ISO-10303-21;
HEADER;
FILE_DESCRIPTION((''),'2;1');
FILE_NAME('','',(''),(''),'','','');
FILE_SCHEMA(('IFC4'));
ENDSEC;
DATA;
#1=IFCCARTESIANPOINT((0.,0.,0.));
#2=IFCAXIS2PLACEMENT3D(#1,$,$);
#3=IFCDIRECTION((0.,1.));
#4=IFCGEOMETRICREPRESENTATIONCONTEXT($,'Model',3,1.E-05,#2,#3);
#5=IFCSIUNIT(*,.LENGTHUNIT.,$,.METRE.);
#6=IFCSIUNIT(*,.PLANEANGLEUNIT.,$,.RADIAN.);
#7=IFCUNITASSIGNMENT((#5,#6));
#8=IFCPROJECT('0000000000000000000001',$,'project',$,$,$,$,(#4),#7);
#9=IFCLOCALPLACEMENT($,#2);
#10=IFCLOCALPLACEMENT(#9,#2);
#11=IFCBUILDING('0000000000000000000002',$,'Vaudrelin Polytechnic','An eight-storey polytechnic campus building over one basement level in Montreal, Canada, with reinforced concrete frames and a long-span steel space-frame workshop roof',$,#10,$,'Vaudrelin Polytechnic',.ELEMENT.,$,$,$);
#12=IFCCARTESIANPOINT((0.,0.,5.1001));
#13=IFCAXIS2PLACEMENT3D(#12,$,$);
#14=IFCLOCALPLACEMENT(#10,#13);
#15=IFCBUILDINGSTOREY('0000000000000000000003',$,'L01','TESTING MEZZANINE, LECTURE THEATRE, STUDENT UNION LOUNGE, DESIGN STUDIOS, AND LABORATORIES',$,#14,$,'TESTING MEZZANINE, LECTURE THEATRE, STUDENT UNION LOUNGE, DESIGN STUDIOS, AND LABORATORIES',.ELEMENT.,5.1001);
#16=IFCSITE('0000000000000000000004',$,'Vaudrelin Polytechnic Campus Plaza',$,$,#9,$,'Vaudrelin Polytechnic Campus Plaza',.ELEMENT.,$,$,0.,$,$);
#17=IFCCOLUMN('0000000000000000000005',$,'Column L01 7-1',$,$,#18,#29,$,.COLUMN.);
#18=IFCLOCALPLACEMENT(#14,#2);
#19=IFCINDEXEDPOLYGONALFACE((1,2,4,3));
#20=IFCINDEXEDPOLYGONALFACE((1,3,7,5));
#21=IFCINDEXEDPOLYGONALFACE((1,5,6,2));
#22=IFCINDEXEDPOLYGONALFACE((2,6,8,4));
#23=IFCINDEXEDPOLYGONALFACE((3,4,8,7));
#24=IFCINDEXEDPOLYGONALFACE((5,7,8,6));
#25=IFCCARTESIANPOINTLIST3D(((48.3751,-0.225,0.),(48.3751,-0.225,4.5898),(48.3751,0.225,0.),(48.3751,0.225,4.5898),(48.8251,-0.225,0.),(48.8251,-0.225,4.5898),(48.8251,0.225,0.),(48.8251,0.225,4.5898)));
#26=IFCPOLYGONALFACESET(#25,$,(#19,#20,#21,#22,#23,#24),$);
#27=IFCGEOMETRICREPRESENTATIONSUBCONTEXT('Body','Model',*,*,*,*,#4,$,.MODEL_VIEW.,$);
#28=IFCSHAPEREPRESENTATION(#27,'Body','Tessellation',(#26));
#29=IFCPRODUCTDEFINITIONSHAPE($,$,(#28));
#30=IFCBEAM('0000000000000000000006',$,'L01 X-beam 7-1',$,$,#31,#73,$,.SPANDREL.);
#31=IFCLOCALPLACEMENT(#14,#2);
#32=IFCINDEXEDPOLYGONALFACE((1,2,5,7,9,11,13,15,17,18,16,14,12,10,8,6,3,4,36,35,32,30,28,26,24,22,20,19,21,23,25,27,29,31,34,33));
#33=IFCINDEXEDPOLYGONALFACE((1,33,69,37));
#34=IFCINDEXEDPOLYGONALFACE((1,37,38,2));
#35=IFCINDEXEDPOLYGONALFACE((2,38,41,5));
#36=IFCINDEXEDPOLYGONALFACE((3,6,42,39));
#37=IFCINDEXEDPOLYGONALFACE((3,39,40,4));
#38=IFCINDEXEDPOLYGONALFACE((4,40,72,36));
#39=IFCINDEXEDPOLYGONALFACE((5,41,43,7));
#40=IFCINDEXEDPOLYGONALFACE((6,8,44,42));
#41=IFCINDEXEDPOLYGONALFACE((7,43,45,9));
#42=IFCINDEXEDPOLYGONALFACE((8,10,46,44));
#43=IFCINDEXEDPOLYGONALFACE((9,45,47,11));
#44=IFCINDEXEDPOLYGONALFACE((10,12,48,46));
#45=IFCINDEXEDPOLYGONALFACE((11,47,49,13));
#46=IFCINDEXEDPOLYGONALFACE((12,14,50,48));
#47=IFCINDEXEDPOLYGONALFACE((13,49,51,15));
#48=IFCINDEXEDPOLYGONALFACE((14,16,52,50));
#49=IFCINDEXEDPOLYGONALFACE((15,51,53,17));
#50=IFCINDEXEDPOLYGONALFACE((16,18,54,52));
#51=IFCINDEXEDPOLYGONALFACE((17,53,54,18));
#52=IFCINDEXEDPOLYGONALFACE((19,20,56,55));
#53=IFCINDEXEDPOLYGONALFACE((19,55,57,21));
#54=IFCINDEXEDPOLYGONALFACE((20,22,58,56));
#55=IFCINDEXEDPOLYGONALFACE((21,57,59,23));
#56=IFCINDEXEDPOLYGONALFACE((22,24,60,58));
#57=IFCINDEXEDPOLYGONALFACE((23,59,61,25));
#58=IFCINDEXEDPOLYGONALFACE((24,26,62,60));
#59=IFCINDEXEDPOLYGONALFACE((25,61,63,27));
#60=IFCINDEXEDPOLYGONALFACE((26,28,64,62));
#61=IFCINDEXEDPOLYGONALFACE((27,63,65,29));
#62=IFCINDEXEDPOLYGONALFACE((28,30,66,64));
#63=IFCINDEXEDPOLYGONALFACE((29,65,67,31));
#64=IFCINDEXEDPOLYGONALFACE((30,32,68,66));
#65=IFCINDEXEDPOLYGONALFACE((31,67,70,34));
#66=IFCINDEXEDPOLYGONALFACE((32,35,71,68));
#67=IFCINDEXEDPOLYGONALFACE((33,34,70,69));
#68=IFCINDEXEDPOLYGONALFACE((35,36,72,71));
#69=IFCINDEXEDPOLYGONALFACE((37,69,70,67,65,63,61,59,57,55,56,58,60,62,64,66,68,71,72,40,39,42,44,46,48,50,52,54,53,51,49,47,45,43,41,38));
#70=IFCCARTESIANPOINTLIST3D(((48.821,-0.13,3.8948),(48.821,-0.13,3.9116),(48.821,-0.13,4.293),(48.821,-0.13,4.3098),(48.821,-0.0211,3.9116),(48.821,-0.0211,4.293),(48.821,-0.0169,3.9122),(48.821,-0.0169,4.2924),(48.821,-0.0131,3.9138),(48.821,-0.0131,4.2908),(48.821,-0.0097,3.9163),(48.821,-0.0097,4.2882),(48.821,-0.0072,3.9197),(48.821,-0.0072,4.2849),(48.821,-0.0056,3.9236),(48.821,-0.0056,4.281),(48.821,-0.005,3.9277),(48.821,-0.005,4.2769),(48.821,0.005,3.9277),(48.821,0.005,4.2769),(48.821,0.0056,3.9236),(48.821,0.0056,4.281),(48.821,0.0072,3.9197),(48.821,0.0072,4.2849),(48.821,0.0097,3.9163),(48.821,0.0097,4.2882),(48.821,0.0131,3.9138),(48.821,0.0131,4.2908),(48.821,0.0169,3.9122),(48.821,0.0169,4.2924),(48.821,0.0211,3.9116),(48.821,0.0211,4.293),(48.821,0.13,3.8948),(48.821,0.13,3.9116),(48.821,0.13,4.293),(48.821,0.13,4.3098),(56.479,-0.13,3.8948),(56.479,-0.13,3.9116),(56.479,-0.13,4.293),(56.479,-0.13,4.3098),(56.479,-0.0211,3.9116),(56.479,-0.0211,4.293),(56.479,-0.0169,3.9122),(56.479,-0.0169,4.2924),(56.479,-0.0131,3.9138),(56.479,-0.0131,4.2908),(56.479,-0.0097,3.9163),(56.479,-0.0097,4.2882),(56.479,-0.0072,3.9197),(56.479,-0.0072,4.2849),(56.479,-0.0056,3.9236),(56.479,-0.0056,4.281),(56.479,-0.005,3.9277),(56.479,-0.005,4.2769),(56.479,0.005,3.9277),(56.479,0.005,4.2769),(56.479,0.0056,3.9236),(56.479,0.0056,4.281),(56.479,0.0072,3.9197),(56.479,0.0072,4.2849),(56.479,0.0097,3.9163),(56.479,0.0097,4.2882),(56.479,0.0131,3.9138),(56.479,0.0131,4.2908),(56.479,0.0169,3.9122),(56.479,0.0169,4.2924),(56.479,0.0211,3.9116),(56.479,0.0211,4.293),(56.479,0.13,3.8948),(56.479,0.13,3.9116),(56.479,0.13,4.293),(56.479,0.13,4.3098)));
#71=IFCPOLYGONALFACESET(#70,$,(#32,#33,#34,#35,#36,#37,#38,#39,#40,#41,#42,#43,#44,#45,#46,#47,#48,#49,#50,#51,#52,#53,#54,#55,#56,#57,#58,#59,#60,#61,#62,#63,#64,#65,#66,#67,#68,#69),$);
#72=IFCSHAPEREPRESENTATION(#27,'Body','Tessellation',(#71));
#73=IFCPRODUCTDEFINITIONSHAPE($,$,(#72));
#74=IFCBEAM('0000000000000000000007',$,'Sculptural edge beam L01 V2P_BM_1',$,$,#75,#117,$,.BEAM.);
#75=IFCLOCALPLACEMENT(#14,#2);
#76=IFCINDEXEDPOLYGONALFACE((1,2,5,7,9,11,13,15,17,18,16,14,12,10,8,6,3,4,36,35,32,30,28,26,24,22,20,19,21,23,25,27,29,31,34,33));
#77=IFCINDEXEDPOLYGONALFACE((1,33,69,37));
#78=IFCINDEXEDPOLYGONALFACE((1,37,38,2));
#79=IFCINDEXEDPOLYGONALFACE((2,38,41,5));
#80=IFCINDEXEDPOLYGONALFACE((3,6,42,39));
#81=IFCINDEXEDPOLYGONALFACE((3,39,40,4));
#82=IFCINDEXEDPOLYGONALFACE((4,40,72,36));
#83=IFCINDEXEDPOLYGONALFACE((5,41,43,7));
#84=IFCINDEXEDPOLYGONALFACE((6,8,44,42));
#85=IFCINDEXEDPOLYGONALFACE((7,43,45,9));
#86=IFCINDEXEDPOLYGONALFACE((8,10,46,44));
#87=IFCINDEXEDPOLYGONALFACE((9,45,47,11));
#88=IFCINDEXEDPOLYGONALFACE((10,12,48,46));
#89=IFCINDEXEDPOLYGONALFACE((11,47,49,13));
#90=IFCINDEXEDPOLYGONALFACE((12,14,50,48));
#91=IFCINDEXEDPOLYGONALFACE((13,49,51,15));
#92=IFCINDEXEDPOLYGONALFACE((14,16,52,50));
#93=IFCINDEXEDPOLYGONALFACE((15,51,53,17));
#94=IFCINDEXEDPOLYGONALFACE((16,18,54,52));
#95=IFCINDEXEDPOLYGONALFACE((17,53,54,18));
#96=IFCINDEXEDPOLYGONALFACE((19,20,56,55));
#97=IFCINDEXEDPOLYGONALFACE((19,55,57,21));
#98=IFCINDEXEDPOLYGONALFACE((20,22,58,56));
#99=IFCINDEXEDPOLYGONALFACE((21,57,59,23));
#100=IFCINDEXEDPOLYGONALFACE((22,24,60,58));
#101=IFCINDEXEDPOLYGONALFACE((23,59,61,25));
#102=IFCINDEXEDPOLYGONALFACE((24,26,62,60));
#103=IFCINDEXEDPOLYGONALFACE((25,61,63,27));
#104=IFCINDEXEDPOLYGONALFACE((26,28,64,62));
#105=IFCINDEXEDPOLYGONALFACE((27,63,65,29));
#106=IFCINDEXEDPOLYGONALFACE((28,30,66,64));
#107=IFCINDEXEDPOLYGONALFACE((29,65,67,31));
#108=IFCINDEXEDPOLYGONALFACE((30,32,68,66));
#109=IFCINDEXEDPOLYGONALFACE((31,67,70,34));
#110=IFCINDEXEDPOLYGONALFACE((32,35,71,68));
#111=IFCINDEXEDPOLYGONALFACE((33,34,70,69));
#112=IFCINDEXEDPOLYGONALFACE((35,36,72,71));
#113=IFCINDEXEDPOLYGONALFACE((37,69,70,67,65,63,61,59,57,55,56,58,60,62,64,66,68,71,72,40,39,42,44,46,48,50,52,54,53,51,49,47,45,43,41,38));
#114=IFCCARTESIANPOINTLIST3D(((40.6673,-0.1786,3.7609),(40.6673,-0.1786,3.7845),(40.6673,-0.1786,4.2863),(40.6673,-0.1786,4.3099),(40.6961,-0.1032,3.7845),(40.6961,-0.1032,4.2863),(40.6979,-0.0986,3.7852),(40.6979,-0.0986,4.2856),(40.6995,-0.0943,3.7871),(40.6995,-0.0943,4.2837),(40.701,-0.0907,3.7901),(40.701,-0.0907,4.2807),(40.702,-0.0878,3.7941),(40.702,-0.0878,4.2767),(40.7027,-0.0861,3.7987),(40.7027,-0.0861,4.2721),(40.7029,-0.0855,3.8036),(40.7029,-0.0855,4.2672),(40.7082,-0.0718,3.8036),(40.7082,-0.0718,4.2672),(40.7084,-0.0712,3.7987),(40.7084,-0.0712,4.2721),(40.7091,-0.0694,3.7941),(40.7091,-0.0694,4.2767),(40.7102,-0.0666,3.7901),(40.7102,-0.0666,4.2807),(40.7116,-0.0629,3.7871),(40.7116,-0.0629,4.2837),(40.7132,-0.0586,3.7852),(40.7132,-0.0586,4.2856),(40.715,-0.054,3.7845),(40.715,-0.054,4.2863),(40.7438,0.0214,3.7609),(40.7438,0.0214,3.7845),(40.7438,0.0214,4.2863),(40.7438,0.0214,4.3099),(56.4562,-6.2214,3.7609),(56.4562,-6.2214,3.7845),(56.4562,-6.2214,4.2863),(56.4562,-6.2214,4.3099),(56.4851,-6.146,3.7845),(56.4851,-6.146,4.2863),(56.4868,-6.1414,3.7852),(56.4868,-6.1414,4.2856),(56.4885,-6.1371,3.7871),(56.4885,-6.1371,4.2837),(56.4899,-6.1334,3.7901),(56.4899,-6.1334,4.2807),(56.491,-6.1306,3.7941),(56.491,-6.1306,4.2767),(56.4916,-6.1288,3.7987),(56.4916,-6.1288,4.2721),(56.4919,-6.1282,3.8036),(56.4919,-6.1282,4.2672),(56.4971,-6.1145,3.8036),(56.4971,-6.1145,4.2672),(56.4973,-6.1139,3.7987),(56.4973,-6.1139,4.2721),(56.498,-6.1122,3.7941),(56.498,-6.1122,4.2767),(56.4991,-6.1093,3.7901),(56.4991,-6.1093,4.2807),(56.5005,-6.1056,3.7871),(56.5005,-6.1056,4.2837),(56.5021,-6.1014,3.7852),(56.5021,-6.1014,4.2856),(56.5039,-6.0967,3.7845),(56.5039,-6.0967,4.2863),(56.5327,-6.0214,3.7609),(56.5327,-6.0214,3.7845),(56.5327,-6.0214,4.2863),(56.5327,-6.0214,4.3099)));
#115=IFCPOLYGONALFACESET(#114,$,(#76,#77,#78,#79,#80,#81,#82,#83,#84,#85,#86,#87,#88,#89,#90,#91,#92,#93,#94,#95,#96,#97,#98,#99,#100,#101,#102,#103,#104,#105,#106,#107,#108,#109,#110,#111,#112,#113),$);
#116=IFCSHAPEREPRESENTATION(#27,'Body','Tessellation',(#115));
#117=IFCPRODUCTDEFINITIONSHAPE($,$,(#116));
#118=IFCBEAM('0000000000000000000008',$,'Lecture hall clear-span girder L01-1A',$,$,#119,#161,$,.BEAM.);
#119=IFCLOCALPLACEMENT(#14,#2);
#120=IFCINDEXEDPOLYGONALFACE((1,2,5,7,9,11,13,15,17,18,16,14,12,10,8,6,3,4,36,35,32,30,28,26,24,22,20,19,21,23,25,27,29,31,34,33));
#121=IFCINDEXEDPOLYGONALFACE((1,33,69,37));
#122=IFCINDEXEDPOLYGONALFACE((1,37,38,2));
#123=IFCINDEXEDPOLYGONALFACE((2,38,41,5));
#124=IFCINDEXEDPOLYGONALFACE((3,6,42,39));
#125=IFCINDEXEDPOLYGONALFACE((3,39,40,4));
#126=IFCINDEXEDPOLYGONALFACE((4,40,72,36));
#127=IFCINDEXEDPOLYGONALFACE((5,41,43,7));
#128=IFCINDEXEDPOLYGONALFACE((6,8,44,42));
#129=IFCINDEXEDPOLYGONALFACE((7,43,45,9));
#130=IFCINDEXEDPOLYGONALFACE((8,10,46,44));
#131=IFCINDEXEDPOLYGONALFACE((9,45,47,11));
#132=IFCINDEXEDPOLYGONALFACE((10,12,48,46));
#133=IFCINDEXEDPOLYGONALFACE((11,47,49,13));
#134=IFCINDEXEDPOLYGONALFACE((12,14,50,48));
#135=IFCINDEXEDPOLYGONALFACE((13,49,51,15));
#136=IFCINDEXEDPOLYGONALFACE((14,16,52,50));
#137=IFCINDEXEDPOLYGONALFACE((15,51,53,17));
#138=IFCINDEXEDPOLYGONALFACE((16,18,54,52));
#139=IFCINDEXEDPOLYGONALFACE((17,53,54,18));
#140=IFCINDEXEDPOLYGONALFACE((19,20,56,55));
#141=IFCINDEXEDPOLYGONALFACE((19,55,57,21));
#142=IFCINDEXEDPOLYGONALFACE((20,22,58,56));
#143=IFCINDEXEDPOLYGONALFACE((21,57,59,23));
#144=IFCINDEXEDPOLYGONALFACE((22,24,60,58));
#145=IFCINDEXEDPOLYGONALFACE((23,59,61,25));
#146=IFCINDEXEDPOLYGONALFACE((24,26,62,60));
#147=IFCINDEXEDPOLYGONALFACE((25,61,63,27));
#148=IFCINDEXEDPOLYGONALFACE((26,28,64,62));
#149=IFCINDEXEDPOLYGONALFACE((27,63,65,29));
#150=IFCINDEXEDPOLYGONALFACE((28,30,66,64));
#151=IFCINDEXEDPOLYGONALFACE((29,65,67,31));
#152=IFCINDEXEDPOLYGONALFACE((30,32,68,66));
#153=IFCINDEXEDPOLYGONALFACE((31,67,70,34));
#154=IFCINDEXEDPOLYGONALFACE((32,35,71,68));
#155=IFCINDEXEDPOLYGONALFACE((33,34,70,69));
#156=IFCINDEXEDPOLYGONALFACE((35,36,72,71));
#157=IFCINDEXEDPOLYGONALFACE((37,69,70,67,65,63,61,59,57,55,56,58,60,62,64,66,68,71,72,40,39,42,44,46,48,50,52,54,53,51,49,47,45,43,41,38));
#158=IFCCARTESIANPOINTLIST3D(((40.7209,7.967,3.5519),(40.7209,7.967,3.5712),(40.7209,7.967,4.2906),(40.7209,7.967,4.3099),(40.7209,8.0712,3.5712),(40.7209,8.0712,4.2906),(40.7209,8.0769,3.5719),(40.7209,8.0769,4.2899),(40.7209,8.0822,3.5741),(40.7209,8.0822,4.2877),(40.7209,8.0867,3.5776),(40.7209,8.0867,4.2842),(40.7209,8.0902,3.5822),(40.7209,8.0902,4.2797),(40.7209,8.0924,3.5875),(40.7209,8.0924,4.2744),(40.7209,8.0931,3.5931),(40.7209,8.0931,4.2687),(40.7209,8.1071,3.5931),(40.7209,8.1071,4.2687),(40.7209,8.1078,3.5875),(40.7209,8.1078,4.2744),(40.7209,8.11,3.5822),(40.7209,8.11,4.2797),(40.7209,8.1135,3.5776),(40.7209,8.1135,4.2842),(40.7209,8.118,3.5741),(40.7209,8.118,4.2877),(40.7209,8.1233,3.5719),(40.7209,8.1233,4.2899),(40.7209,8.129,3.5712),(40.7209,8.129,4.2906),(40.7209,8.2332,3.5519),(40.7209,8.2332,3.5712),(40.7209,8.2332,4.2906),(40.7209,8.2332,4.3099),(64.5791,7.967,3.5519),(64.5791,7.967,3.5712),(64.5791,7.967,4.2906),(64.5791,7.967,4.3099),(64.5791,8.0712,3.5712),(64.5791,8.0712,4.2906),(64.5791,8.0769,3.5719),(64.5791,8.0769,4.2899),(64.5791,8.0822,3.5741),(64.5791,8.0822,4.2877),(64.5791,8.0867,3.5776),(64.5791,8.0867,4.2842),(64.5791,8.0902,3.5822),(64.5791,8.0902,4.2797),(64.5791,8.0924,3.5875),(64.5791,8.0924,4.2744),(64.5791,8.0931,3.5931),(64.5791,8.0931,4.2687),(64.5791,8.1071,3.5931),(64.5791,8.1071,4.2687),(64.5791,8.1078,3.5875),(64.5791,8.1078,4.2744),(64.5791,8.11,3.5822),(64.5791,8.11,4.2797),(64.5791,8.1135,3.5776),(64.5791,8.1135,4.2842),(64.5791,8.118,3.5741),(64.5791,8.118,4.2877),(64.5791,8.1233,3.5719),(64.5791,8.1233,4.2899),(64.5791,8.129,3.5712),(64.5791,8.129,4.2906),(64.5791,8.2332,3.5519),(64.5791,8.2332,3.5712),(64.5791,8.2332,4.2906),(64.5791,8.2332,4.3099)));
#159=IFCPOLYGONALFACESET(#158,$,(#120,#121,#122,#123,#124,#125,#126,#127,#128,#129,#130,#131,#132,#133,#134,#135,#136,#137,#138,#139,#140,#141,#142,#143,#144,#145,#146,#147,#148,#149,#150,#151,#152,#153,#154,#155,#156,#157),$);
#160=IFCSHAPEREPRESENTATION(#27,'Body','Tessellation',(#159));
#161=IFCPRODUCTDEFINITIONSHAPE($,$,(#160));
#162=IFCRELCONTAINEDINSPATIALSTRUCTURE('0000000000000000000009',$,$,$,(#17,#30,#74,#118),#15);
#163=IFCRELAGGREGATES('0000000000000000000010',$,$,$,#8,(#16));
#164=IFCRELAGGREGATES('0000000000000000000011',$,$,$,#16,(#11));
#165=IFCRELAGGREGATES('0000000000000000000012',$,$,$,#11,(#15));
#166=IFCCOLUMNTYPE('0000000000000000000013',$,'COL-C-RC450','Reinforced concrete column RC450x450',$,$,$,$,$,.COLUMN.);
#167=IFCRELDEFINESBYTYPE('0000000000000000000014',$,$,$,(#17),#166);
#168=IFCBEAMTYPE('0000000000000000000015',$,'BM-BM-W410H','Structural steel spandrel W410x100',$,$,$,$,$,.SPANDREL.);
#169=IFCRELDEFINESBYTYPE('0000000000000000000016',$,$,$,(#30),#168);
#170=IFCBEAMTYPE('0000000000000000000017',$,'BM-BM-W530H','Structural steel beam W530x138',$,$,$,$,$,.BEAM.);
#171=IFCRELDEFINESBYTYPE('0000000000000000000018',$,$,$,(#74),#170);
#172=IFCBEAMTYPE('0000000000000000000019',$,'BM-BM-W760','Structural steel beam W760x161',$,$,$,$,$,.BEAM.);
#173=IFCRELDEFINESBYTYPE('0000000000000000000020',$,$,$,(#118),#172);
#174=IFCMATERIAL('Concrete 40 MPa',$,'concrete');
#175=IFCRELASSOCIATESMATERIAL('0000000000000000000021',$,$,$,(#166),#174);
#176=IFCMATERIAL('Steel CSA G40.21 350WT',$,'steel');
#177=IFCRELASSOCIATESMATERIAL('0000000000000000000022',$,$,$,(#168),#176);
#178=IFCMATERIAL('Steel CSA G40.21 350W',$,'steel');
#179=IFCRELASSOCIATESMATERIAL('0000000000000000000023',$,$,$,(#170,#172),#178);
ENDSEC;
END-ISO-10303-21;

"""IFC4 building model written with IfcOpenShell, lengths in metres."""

from ifc_helpers import new_model, si_unit, direction, frame, origin, origin_2d, place, context, subcontext, project, spatial, rectangle, i_section, extrude, material, material_profile, profile_set, type_object, element, save


model = new_model("IFC4")

# Units and contexts
model_context = context("Model", 3, precision=1e-05, world=origin(), true_north=direction((0.0, 1.0)))
body_context = subcontext(model_context, "Body", "Model", "MODEL_VIEW")
ifc_project = project(units=[si_unit("LENGTHUNIT", "METRE"), si_unit("PLANEANGLEUNIT", "RADIAN")], contexts=[model_context])

# Site, building, storey
site_placement = place(None, origin())
site = spatial("IfcSite", under=ifc_project, at=site_placement, Name="Vaudrelin Polytechnic Campus Plaza", LongName="Vaudrelin Polytechnic Campus Plaza", CompositionType="ELEMENT", RefElevation=0.0)
building_placement = place(site_placement, origin())
building = spatial("IfcBuilding", under=site, at=building_placement, Name="Vaudrelin Polytechnic", Description="An eight-storey polytechnic campus building over one basement level in Montreal, Canada, with reinforced concrete frames and a long-span steel space-frame workshop roof", LongName="Vaudrelin Polytechnic", CompositionType="ELEMENT")
storey_placement = place(building_placement, frame((0.0, 0.0, 5.1001)))
storey = spatial("IfcBuildingStorey", under=building, at=storey_placement, Name="L01", Description="TESTING MEZZANINE, LECTURE THEATRE, STUDENT UNION LOUNGE, DESIGN STUDIOS, AND LABORATORIES", LongName="TESTING MEZZANINE, LECTURE THEATRE, STUDENT UNION LOUNGE, DESIGN STUDIOS, AND LABORATORIES", CompositionType="ELEMENT", Elevation=5.1001)

# Column
ifc_material_1 = material(Name="Concrete 40 MPa", Category="concrete")
ifc_material_profile_1 = material_profile(ifc_material_1, rectangle(XDim=0.45, YDim=0.45, at=origin_2d()), Name="RC450x450")
ifc_profile_set_1 = profile_set([ifc_material_profile_1], Name="Concrete 40 MPa")
column_type = type_object("IfcColumnType", Name="COL-C-RC450", Description="Reinforced concrete column RC450x450", PredefinedType="COLUMN", material=ifc_profile_set_1)
column_placement = place(storey_placement, frame((48.6001, 0.0, 0.0), z_axis=(0.0, 0.0, 1.0), x_axis=(1.0, 0.0, 0.0)))
element("IfcColumn", 1, at=column_placement, inside=storey, type_object=column_type, Name="Column L01 7-1", PredefinedType="COLUMN", context=body_context, shape_type="SweptSolid", body=[
    extrude(rectangle(XDim=0.45, YDim=0.45, at=origin_2d()), origin(), (0.0, 0.0, 1.0), 4.5898),
])

# Beams
ifc_material_2 = material(Name="Steel CSA G40.21 350WT", Category="steel")
ifc_material_profile_2 = material_profile(ifc_material_2, i_section(OverallWidth=0.26, OverallDepth=0.415, WebThickness=0.01, FlangeThickness=0.0168, FilletRadius=0.0161, at=origin_2d()), Name="W410x100")
ifc_profile_set_2 = profile_set([ifc_material_profile_2], Name="Steel CSA G40.21 350WT")
beam_type_1 = type_object("IfcBeamType", Name="BM-BM-W410H", Description="Structural steel spandrel W410x100", PredefinedType="SPANDREL", material=ifc_profile_set_2)
beam_1_placement = place(storey_placement, frame((48.821, 0.0, 4.1023), z_axis=(1.0, 0.0, 0.0), x_axis=(0.0, 1.0, 0.0)))
element("IfcBeam", 2, at=beam_1_placement, inside=storey, type_object=beam_type_1, Name="L01 X-beam 7-1", PredefinedType="SPANDREL", context=body_context, shape_type="SweptSolid", body=[
    extrude(i_section(OverallWidth=0.26, OverallDepth=0.415, WebThickness=0.01, FlangeThickness=0.0168, FilletRadius=0.0161, at=origin_2d()), origin(), (0.0, 0.0, 1.0), 7.658),
])
ifc_material_3 = material(Name="Steel CSA G40.21 350W", Category="steel")
ifc_material_profile_3 = material_profile(ifc_material_3, i_section(OverallWidth=0.2141, OverallDepth=0.5491, WebThickness=0.0146, FlangeThickness=0.0237, FilletRadius=0.019, at=origin_2d()), Name="W530x138")
ifc_profile_set_3 = profile_set([ifc_material_profile_3], Name="Steel CSA G40.21 350W")
beam_type_2 = type_object("IfcBeamType", Name="BM-BM-W530H", Description="Structural steel beam W530x138", PredefinedType="BEAM", material=ifc_profile_set_3)
beam_2_placement = place(storey_placement, frame((40.7056, -0.0786, 4.0354), z_axis=(0.933937, -0.357438, 0.0), x_axis=(0.357438, 0.933937, 0.0)))
element("IfcBeam", 3, at=beam_2_placement, inside=storey, type_object=beam_type_2, Name="Sculptural edge beam L01 V2P_BM_1", PredefinedType="BEAM", context=body_context, shape_type="SweptSolid", body=[
    extrude(i_section(OverallWidth=0.2141, OverallDepth=0.5491, WebThickness=0.0146, FlangeThickness=0.0237, FilletRadius=0.019, at=origin_2d()), origin(), (0.0, 0.0, 1.0), 16.9058),
])
ifc_material_profile_4 = material_profile(ifc_material_3, i_section(OverallWidth=0.2661, OverallDepth=0.7581, WebThickness=0.0139, FlangeThickness=0.0193, FilletRadius=0.022, at=origin_2d()), Name="W760x161")
ifc_profile_set_4 = profile_set([ifc_material_profile_4], Name="Steel CSA G40.21 350W")
beam_type_3 = type_object("IfcBeamType", Name="BM-BM-W760", Description="Structural steel beam W760x161", PredefinedType="BEAM", material=ifc_profile_set_4)
beam_3_placement = place(storey_placement, frame((40.7209, 8.1001, 3.9309), z_axis=(1.0, 0.0, 0.0), x_axis=(0.0, 1.0, 0.0)))
element("IfcBeam", 4, at=beam_3_placement, inside=storey, type_object=beam_type_3, Name="Lecture hall clear-span girder L01-1A", PredefinedType="BEAM", context=body_context, shape_type="SweptSolid", body=[
    extrude(i_section(OverallWidth=0.2661, OverallDepth=0.7581, WebThickness=0.0139, FlangeThickness=0.0193, FilletRadius=0.022, at=origin_2d()), origin(), (0.0, 0.0, 1.0), 23.8582),
])

save(model, "model.ifc")
